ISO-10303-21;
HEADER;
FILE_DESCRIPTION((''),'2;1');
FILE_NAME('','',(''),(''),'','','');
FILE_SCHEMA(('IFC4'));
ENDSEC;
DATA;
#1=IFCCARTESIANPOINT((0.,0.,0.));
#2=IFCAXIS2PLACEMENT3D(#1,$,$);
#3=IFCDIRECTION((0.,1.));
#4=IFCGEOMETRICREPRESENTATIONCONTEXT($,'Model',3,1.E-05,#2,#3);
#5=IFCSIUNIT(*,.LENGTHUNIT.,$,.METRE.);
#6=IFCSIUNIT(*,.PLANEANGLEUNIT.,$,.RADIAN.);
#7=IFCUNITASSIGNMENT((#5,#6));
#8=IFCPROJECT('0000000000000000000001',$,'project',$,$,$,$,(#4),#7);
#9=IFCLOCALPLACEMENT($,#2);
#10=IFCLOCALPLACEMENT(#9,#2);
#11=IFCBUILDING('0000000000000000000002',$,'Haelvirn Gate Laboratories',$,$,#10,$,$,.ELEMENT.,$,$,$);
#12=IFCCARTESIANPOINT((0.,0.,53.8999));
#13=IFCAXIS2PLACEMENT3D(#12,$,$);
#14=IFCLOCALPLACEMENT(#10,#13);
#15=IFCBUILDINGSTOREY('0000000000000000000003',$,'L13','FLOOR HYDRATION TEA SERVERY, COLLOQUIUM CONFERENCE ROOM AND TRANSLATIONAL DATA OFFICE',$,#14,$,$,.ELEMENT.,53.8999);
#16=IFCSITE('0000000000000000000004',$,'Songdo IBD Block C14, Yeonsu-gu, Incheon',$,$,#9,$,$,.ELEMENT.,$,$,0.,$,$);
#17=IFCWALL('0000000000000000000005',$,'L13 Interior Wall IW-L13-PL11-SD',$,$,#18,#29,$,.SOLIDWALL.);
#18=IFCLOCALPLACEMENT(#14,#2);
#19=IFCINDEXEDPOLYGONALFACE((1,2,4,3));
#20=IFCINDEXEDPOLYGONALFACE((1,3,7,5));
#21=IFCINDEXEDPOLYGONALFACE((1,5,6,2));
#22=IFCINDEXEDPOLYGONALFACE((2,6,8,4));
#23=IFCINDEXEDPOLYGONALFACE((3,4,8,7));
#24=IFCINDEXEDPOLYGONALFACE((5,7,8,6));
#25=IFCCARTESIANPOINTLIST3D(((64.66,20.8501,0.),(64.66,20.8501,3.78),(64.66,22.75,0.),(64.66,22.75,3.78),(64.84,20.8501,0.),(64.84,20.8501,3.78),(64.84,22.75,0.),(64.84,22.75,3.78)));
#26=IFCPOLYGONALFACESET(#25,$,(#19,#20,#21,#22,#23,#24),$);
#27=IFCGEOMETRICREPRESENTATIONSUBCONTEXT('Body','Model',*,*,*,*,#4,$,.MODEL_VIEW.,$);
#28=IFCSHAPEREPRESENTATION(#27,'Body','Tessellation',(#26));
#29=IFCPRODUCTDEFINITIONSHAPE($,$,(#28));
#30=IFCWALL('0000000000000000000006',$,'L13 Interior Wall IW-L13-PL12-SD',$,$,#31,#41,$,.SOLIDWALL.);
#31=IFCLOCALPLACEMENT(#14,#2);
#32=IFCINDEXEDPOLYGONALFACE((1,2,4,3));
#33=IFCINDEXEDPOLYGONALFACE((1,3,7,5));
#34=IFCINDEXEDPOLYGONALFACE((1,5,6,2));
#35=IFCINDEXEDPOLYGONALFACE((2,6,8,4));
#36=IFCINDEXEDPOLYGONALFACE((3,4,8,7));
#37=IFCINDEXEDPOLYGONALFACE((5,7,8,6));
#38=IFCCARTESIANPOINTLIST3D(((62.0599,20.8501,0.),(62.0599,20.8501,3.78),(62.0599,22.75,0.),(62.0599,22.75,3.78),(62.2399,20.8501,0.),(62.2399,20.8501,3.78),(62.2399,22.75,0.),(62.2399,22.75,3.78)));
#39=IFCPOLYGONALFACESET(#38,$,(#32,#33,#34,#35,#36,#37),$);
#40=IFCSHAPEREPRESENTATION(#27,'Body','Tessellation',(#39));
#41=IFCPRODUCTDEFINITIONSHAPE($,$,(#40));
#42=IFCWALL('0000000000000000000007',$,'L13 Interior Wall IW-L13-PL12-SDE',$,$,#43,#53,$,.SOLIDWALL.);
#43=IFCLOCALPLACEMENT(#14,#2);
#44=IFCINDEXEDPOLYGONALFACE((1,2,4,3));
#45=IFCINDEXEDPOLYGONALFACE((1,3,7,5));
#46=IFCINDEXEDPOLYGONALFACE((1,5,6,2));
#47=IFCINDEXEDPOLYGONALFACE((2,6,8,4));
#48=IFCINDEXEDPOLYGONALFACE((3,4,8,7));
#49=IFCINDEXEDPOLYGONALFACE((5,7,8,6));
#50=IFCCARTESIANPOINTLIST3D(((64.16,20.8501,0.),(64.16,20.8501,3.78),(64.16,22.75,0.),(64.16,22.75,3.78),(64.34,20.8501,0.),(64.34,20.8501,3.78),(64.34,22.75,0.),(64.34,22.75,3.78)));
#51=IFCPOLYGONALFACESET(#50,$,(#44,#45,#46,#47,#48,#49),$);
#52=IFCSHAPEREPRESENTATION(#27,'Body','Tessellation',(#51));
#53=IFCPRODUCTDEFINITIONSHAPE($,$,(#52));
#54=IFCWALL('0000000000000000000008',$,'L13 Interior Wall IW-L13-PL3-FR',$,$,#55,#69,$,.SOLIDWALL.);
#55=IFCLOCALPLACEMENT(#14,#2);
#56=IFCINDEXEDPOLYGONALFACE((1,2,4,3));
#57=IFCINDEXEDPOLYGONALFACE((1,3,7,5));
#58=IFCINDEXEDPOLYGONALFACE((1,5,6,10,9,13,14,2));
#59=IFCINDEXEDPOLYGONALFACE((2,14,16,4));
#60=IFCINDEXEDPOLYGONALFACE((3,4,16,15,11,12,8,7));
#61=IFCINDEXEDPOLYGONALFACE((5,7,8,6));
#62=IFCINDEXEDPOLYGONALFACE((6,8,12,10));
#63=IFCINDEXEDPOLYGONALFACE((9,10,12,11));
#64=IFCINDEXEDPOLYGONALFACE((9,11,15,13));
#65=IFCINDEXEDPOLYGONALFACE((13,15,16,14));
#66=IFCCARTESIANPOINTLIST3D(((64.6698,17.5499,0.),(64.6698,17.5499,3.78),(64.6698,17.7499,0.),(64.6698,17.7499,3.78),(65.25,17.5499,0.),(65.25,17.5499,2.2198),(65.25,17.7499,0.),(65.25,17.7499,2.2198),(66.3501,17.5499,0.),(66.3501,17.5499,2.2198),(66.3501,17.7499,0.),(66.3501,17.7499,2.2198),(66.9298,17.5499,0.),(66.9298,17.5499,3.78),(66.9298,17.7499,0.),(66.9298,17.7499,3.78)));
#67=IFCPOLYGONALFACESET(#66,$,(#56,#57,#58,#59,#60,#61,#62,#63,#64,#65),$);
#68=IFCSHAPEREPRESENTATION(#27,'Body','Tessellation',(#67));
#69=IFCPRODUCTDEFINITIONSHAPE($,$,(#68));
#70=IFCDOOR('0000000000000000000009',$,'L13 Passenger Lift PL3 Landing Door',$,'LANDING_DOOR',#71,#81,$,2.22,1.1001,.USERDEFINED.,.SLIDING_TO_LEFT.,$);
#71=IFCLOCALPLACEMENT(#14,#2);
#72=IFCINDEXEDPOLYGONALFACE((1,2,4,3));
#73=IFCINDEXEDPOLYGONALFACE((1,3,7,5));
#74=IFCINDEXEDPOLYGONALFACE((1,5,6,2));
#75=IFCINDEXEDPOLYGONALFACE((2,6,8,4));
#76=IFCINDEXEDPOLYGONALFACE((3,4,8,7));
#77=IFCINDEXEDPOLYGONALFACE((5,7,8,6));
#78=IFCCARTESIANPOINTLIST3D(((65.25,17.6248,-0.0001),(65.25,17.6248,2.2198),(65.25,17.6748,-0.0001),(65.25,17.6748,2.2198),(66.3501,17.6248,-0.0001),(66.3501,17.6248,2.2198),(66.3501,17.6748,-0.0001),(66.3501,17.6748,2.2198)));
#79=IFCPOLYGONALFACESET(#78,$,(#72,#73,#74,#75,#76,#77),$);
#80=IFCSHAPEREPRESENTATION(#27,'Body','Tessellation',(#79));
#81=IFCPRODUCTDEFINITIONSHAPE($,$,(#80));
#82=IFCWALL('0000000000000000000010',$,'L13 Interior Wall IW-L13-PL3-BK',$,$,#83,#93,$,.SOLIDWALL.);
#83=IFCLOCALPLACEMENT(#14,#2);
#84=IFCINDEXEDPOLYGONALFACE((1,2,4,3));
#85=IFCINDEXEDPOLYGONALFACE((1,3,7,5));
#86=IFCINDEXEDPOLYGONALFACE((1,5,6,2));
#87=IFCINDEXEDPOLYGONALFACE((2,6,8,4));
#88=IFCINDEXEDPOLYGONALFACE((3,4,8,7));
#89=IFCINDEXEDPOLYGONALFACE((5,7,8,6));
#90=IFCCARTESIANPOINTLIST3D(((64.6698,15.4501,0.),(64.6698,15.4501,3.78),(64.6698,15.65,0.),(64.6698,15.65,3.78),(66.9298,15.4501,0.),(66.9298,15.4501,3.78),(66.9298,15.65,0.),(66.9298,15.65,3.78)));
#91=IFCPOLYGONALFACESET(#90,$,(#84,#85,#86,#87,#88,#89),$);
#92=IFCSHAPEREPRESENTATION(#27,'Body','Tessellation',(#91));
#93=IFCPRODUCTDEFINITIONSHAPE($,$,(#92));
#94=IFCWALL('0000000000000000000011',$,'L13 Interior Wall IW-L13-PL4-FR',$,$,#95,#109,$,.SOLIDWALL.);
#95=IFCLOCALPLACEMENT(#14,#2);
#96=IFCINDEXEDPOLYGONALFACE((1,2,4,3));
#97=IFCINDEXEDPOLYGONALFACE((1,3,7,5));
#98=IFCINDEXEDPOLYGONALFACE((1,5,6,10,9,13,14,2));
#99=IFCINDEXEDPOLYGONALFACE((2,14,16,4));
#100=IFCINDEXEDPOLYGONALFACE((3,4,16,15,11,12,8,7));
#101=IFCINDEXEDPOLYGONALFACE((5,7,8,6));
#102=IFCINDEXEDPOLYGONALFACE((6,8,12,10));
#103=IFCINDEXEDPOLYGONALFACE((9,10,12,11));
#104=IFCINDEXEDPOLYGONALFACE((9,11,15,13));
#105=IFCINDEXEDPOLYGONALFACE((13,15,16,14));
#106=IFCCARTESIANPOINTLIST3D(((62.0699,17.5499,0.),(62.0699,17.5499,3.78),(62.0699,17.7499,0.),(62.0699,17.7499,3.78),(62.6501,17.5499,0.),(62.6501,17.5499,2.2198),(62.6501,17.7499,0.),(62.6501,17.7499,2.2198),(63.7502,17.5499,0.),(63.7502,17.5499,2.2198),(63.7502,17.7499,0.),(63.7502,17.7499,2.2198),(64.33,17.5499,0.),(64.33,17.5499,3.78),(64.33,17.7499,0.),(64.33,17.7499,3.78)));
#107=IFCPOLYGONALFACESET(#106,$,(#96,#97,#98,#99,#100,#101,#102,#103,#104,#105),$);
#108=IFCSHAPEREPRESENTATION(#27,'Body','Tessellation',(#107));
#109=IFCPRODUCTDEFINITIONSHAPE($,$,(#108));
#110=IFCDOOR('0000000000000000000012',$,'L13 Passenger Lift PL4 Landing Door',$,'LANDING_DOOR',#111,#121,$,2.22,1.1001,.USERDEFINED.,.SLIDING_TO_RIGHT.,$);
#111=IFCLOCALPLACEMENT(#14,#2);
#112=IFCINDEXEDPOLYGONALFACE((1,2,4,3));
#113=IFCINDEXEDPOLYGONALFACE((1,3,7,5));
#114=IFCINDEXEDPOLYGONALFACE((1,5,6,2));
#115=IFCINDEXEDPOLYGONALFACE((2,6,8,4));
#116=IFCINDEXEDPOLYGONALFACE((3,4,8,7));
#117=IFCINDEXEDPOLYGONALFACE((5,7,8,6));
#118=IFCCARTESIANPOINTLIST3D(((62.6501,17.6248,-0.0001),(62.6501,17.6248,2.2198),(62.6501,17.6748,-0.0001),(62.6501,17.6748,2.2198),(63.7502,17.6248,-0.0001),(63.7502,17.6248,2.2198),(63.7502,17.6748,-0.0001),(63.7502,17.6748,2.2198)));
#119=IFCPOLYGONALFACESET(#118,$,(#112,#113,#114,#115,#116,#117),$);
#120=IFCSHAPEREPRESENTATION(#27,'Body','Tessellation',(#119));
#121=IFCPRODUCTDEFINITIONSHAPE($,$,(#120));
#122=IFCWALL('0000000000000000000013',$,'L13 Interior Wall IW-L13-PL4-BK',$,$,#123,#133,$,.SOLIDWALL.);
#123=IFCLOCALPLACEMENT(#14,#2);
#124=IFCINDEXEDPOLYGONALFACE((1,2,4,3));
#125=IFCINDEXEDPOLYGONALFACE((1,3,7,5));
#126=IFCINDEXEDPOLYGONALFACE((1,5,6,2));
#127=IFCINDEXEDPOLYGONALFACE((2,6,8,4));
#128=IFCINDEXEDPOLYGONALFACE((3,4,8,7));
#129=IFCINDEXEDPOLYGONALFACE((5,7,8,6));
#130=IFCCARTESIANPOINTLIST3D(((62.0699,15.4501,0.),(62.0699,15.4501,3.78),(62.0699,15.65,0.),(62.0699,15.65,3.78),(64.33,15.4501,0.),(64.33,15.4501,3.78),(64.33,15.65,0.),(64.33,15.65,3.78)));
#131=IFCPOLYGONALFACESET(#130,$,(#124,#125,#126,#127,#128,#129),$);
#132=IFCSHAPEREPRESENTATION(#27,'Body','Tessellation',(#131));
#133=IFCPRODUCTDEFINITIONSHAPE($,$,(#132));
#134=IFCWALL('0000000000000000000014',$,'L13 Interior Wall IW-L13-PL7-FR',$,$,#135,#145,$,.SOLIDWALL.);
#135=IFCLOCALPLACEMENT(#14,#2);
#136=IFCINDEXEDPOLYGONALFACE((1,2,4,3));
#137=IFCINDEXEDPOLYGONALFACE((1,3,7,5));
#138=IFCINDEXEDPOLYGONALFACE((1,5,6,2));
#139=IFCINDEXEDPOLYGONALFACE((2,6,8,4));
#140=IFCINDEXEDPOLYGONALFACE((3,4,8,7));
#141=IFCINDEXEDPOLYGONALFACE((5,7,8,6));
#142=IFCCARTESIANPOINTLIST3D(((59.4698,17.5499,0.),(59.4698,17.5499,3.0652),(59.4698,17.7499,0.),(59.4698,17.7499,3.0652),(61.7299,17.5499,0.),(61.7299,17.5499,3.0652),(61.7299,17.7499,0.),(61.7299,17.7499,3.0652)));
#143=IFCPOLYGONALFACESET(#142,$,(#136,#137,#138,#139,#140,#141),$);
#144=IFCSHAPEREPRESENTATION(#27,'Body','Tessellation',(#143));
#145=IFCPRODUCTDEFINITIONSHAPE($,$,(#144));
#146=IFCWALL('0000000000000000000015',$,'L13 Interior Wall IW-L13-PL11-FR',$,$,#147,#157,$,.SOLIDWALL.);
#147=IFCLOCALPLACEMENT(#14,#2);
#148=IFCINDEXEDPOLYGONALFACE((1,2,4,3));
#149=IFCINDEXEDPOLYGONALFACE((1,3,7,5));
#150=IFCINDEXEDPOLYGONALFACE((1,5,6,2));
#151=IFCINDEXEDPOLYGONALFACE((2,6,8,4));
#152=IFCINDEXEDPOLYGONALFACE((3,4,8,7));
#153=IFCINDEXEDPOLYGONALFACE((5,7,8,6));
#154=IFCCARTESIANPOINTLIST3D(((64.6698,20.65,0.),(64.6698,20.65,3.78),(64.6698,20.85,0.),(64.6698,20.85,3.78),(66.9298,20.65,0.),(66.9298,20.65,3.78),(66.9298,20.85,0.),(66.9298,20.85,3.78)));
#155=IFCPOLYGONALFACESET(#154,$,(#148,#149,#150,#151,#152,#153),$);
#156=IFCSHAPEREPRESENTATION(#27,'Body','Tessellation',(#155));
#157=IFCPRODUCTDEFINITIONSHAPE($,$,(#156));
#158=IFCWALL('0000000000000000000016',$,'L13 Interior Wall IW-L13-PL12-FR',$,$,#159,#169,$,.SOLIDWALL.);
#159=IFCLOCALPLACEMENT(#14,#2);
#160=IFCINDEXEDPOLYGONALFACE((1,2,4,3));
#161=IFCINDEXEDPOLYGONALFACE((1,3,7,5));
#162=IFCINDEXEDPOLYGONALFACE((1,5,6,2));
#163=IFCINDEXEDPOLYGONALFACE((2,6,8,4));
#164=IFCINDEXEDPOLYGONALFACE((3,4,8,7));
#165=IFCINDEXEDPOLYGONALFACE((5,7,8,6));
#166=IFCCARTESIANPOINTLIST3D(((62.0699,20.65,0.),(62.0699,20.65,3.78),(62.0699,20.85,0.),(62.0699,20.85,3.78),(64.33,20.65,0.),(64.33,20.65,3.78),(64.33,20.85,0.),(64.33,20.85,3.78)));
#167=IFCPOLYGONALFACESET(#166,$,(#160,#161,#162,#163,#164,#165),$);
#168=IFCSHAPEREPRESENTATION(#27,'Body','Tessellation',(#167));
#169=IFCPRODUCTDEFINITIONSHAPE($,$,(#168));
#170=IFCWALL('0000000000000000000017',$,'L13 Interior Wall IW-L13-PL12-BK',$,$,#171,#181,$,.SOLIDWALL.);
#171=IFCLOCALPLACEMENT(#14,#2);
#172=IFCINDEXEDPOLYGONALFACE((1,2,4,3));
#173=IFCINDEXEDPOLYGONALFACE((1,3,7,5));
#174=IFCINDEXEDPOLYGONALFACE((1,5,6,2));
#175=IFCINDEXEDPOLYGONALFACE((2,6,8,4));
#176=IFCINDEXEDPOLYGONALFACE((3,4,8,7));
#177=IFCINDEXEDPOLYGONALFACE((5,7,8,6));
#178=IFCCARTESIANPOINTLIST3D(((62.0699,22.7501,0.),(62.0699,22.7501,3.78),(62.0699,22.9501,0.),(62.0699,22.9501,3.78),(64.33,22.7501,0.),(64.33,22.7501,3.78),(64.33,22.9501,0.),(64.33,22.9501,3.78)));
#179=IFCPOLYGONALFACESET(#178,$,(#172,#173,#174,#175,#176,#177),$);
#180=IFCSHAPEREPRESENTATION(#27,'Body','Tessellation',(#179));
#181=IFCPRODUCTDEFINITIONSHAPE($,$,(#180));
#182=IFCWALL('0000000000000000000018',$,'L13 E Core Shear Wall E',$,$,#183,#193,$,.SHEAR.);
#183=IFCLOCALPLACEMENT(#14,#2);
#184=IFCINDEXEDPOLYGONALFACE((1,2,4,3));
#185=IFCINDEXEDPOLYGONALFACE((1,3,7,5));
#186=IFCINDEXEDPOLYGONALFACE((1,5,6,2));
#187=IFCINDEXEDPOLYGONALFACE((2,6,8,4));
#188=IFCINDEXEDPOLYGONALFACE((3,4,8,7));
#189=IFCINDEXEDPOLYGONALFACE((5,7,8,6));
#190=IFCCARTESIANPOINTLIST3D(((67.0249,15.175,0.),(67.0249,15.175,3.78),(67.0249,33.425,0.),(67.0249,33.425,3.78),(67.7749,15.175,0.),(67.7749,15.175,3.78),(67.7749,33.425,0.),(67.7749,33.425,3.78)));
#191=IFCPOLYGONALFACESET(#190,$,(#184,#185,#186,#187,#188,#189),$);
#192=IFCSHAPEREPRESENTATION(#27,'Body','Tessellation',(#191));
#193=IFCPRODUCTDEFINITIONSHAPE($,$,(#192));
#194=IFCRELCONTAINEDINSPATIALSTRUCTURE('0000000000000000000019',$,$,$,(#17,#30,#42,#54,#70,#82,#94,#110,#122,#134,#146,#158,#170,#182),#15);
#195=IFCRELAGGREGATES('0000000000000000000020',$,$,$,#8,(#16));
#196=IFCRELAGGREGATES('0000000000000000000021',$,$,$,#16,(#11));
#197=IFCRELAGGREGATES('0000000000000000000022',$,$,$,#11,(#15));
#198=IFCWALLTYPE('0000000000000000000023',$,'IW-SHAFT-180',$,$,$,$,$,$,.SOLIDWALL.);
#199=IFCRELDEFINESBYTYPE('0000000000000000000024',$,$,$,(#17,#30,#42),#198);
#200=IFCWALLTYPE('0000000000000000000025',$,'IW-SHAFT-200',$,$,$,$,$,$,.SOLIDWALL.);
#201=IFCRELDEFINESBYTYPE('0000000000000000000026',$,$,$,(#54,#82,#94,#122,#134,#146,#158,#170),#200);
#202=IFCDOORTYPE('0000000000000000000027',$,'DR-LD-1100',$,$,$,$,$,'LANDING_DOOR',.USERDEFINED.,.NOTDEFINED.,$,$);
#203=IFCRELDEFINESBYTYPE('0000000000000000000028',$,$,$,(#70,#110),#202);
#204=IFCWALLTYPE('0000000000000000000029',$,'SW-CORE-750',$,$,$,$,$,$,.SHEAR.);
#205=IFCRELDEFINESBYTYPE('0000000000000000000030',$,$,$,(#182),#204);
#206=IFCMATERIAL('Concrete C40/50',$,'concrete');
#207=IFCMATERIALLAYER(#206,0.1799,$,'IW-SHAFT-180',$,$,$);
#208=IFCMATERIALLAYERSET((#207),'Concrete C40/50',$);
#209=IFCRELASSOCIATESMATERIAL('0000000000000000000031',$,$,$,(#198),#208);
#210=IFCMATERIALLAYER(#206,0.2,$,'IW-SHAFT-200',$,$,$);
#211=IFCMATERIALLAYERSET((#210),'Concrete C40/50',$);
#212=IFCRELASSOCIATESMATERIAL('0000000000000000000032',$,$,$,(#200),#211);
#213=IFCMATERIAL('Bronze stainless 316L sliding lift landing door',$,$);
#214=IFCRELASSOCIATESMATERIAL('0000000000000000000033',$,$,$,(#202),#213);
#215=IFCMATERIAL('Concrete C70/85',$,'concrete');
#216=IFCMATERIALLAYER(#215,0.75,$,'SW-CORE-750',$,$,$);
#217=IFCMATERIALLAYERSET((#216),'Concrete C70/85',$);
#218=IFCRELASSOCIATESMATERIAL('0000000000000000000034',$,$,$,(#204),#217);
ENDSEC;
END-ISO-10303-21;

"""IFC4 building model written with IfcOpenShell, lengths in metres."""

from ifc_helpers import new_model, si_unit, direction, frame, frame_2d, origin, place, context, subcontext, project, spatial, rectangle, extrude, source, transform, mapped, material, layer, layer_set, type_object, type_shapes, element, fill, save


model = new_model("IFC4")

# Units and contexts
model_context = context("Model", 3, precision=1e-05, world=origin(), true_north=direction((0.0, 1.0)))
body_context = subcontext(model_context, "Body", "Model", "MODEL_VIEW")
ifc_project = project(units=[si_unit("LENGTHUNIT", "METRE"), si_unit("PLANEANGLEUNIT", "RADIAN")], contexts=[model_context])

# Site, building, storey
site_placement = place(None, origin())
site = spatial("IfcSite", under=ifc_project, at=site_placement, Name="Songdo IBD Block C14, Yeonsu-gu, Incheon", CompositionType="ELEMENT", RefElevation=0.0)
building_placement = place(site_placement, origin())
building = spatial("IfcBuilding", under=site, at=building_placement, Name="Haelvirn Gate Laboratories", CompositionType="ELEMENT")
storey_placement = place(building_placement, frame((0.0, 0.0, 53.8999)))
storey = spatial("IfcBuildingStorey", under=building, at=storey_placement, Name="L13", Description="FLOOR HYDRATION TEA SERVERY, COLLOQUIUM CONFERENCE ROOM AND TRANSLATIONAL DATA OFFICE", CompositionType="ELEMENT", Elevation=53.8999)

# Shared definitions
ifc_material_1 = material(Name="Concrete C70/85", Category="concrete")

# Walls
ifc_material_2 = material(Name="Concrete C40/50", Category="concrete")
ifc_layer_1 = layer(ifc_material_2, 0.1799, Name="IW-SHAFT-180")
ifc_layer_set_1 = layer_set([ifc_layer_1], Name="Concrete C40/50")
wall_type_1 = type_object("IfcWallType", Name="IW-SHAFT-180", PredefinedType="SOLIDWALL", material=ifc_layer_set_1)
for number, where, z_axis, x_axis, name in (
    (1, (64.75, 20.8501, 0.0), (0.0, 0.0, 1.0), (0.0, 1.0, 0.0), "L13 Interior Wall IW-L13-PL11-SD"),
    (2, (62.1499, 20.8501, 0.0), (0.0, 0.0, 1.0), (0.0, 1.0, 0.0), "L13 Interior Wall IW-L13-PL12-SD"),
    (3, (64.25, 20.8501, 0.0), (0.0, 0.0, 1.0), (0.0, 1.0, 0.0), "L13 Interior Wall IW-L13-PL12-SDE"),
):
    element("IfcWall", number, at=place(storey_placement, frame(where, z_axis=z_axis, x_axis=x_axis)), inside=storey, type_object=wall_type_1, Name=name, PredefinedType="SOLIDWALL", context=body_context, shape_type="SweptSolid", body=[
        extrude(rectangle(XDim=1.8999, YDim=0.1799, at=frame_2d((0.95, 0.0))), origin(), (0.0, 0.0, 1.0), 3.78),
    ])

# Wall, opening, door
ifc_layer_2 = layer(ifc_material_2, 0.2, Name="IW-SHAFT-200")
ifc_layer_set_2 = layer_set([ifc_layer_2], Name="Concrete C40/50")
wall_type_2 = type_object("IfcWallType", Name="IW-SHAFT-200", PredefinedType="SOLIDWALL", material=ifc_layer_set_2)
wall_1_placement = place(storey_placement, frame((64.6699, 17.6499, 0.0), z_axis=(0.0, 0.0, 1.0), x_axis=(1.0, 0.0, 0.0)))
wall_1 = element("IfcWall", 4, at=wall_1_placement, inside=storey, type_object=wall_type_2, Name="L13 Interior Wall IW-L13-PL3-FR", PredefinedType="SOLIDWALL", context=body_context, shape_type="SweptSolid", body=[
    extrude(rectangle(XDim=2.26, YDim=0.2, at=frame_2d((1.1299, 0.0))), origin(), (0.0, 0.0, 1.0), 3.78),
])
opening_1_placement = place(wall_1_placement, frame((0.5801, 0.0, 0.0)))
opening_1 = element("IfcOpeningElement", 5, at=opening_1_placement, cuts=wall_1, PredefinedType="OPENING", context=body_context, shape_type="SweptSolid", body=[
    extrude(rectangle(XDim=1.1001, YDim=2.22, at=frame_2d((0.55, 1.1099))), frame((0.0, 0.1099, 0.0), z_axis=(0.0, -1.0, 0.0), x_axis=(1.0, 0.0, 0.0)), (0.0, 0.0, 1.0), 0.22),
])
ifc_material_3 = material(Name="Bronze stainless 316L sliding lift landing door")
door_type_1 = type_object("IfcDoorType", Name="DR-LD-1100", ElementType="LANDING_DOOR", OperationType="NOTDEFINED", PredefinedType="USERDEFINED", material=ifc_material_3)
shared_shape_1 = source(origin(), body_context, "Body", "SweptSolid", [
    extrude(rectangle(XDim=1.1001, YDim=2.22, at=frame_2d((0.55, 1.1099))), frame((0.0, 0.0249, 0.0), z_axis=(0.0, -1.0, 0.0), x_axis=(1.0, 0.0, 0.0)), (0.0, 0.0, 1.0), 0.05),
])
type_shapes(door_type_1, [shared_shape_1])
door_1_placement = place(opening_1_placement, origin())
door_1 = element("IfcDoor", 6, at=door_1_placement, inside=storey, type_object=door_type_1, Name="L13 Passenger Lift PL3 Landing Door", ObjectType="LANDING_DOOR", OperationType="SLIDING_TO_LEFT", OverallHeight=2.22, OverallWidth=1.1001, PredefinedType="USERDEFINED", context=body_context, shape_type="MappedRepresentation", body=[
    mapped(shared_shape_1, transform((0.0, 0.0, 0.0), scale=1.0)),
])
fill(opening_1, door_1)

# Wall
wall_2_placement = place(storey_placement, frame((64.6699, 15.55, 0.0), z_axis=(0.0, 0.0, 1.0), x_axis=(1.0, 0.0, 0.0)))
element("IfcWall", 7, at=wall_2_placement, inside=storey, type_object=wall_type_2, Name="L13 Interior Wall IW-L13-PL3-BK", PredefinedType="SOLIDWALL", context=body_context, shape_type="SweptSolid", body=[
    extrude(rectangle(XDim=2.26, YDim=0.2, at=frame_2d((1.1299, 0.0))), origin(), (0.0, 0.0, 1.0), 3.78),
])

# Wall, opening, door
wall_3_placement = place(storey_placement, frame((62.0701, 17.6499, 0.0), z_axis=(0.0, 0.0, 1.0), x_axis=(1.0, 0.0, 0.0)))
wall_3 = element("IfcWall", 8, at=wall_3_placement, inside=storey, type_object=wall_type_2, Name="L13 Interior Wall IW-L13-PL4-FR", PredefinedType="SOLIDWALL", context=body_context, shape_type="SweptSolid", body=[
    extrude(rectangle(XDim=2.26, YDim=0.2, at=frame_2d((1.1299, 0.0))), origin(), (0.0, 0.0, 1.0), 3.78),
])
opening_2_placement = place(wall_3_placement, frame((0.5801, 0.0, 0.0)))
opening_2 = element("IfcOpeningElement", 9, at=opening_2_placement, cuts=wall_3, PredefinedType="OPENING", context=body_context, shape_type="SweptSolid", body=[
    extrude(rectangle(XDim=1.1001, YDim=2.22, at=frame_2d((0.55, 1.1099))), frame((0.0, 0.1099, 0.0), z_axis=(0.0, -1.0, 0.0), x_axis=(1.0, 0.0, 0.0)), (0.0, 0.0, 1.0), 0.22),
])
door_2_placement = place(opening_2_placement, origin())
door_2 = element("IfcDoor", 10, at=door_2_placement, inside=storey, type_object=door_type_1, Name="L13 Passenger Lift PL4 Landing Door", ObjectType="LANDING_DOOR", OperationType="SLIDING_TO_RIGHT", OverallHeight=2.22, OverallWidth=1.1001, PredefinedType="USERDEFINED", context=body_context, shape_type="MappedRepresentation", body=[
    mapped(shared_shape_1, transform((0.0, 0.0, 0.0), scale=1.0)),
])
fill(opening_2, door_2)

# Walls
wall_4_placement = place(storey_placement, frame((62.0701, 15.55, 0.0), z_axis=(0.0, 0.0, 1.0), x_axis=(1.0, 0.0, 0.0)))
element("IfcWall", 11, at=wall_4_placement, inside=storey, type_object=wall_type_2, Name="L13 Interior Wall IW-L13-PL4-BK", PredefinedType="SOLIDWALL", context=body_context, shape_type="SweptSolid", body=[
    extrude(rectangle(XDim=2.26, YDim=0.2, at=frame_2d((1.1299, 0.0))), origin(), (0.0, 0.0, 1.0), 3.78),
])
wall_5_placement = place(storey_placement, frame((59.47, 17.6499, 0.0), z_axis=(0.0, 0.0, 1.0), x_axis=(1.0, 0.0, 0.0)))
element("IfcWall", 12, at=wall_5_placement, inside=storey, type_object=wall_type_2, Name="L13 Interior Wall IW-L13-PL7-FR", PredefinedType="SOLIDWALL", context=body_context, shape_type="SweptSolid", body=[
    extrude(rectangle(XDim=2.26, YDim=0.2, at=frame_2d((1.1299, 0.0))), origin(), (0.0, 0.0, 1.0), 3.0652),
])
for number, where, z_axis, x_axis, name in (
    (13, (64.6699, 20.75, 0.0), (0.0, 0.0, 1.0), (1.0, 0.0, 0.0), "L13 Interior Wall IW-L13-PL11-FR"),
    (14, (62.0701, 20.75, 0.0), (0.0, 0.0, 1.0), (1.0, 0.0, 0.0), "L13 Interior Wall IW-L13-PL12-FR"),
    (15, (62.0701, 22.8501, 0.0), (0.0, 0.0, 1.0), (1.0, 0.0, 0.0), "L13 Interior Wall IW-L13-PL12-BK"),
):
    element("IfcWall", number, at=place(storey_placement, frame(where, z_axis=z_axis, x_axis=x_axis)), inside=storey, type_object=wall_type_2, Name=name, PredefinedType="SOLIDWALL", context=body_context, shape_type="SweptSolid", body=[
        extrude(rectangle(XDim=2.26, YDim=0.2, at=frame_2d((1.1299, 0.0))), origin(), (0.0, 0.0, 1.0), 3.78),
    ])
ifc_layer_3 = layer(ifc_material_1, 0.75, Name="SW-CORE-750")
ifc_layer_set_3 = layer_set([ifc_layer_3], Name="Concrete C70/85")
wall_type_3 = type_object("IfcWallType", Name="SW-CORE-750", PredefinedType="SHEAR", material=ifc_layer_set_3)
wall_6_placement = place(storey_placement, frame((67.3999, 15.175, 0.0), z_axis=(0.0, 0.0, 1.0), x_axis=(0.0, 1.0, 0.0)))
element("IfcWall", 16, at=wall_6_placement, inside=storey, type_object=wall_type_3, Name="L13 E Core Shear Wall E", PredefinedType="SHEAR", context=body_context, shape_type="SweptSolid", body=[
    extrude(rectangle(XDim=18.25, YDim=0.75, at=frame_2d((9.125, 0.0))), origin(), (0.0, 0.0, 1.0), 3.78),
])

save(model, "model.ifc")
